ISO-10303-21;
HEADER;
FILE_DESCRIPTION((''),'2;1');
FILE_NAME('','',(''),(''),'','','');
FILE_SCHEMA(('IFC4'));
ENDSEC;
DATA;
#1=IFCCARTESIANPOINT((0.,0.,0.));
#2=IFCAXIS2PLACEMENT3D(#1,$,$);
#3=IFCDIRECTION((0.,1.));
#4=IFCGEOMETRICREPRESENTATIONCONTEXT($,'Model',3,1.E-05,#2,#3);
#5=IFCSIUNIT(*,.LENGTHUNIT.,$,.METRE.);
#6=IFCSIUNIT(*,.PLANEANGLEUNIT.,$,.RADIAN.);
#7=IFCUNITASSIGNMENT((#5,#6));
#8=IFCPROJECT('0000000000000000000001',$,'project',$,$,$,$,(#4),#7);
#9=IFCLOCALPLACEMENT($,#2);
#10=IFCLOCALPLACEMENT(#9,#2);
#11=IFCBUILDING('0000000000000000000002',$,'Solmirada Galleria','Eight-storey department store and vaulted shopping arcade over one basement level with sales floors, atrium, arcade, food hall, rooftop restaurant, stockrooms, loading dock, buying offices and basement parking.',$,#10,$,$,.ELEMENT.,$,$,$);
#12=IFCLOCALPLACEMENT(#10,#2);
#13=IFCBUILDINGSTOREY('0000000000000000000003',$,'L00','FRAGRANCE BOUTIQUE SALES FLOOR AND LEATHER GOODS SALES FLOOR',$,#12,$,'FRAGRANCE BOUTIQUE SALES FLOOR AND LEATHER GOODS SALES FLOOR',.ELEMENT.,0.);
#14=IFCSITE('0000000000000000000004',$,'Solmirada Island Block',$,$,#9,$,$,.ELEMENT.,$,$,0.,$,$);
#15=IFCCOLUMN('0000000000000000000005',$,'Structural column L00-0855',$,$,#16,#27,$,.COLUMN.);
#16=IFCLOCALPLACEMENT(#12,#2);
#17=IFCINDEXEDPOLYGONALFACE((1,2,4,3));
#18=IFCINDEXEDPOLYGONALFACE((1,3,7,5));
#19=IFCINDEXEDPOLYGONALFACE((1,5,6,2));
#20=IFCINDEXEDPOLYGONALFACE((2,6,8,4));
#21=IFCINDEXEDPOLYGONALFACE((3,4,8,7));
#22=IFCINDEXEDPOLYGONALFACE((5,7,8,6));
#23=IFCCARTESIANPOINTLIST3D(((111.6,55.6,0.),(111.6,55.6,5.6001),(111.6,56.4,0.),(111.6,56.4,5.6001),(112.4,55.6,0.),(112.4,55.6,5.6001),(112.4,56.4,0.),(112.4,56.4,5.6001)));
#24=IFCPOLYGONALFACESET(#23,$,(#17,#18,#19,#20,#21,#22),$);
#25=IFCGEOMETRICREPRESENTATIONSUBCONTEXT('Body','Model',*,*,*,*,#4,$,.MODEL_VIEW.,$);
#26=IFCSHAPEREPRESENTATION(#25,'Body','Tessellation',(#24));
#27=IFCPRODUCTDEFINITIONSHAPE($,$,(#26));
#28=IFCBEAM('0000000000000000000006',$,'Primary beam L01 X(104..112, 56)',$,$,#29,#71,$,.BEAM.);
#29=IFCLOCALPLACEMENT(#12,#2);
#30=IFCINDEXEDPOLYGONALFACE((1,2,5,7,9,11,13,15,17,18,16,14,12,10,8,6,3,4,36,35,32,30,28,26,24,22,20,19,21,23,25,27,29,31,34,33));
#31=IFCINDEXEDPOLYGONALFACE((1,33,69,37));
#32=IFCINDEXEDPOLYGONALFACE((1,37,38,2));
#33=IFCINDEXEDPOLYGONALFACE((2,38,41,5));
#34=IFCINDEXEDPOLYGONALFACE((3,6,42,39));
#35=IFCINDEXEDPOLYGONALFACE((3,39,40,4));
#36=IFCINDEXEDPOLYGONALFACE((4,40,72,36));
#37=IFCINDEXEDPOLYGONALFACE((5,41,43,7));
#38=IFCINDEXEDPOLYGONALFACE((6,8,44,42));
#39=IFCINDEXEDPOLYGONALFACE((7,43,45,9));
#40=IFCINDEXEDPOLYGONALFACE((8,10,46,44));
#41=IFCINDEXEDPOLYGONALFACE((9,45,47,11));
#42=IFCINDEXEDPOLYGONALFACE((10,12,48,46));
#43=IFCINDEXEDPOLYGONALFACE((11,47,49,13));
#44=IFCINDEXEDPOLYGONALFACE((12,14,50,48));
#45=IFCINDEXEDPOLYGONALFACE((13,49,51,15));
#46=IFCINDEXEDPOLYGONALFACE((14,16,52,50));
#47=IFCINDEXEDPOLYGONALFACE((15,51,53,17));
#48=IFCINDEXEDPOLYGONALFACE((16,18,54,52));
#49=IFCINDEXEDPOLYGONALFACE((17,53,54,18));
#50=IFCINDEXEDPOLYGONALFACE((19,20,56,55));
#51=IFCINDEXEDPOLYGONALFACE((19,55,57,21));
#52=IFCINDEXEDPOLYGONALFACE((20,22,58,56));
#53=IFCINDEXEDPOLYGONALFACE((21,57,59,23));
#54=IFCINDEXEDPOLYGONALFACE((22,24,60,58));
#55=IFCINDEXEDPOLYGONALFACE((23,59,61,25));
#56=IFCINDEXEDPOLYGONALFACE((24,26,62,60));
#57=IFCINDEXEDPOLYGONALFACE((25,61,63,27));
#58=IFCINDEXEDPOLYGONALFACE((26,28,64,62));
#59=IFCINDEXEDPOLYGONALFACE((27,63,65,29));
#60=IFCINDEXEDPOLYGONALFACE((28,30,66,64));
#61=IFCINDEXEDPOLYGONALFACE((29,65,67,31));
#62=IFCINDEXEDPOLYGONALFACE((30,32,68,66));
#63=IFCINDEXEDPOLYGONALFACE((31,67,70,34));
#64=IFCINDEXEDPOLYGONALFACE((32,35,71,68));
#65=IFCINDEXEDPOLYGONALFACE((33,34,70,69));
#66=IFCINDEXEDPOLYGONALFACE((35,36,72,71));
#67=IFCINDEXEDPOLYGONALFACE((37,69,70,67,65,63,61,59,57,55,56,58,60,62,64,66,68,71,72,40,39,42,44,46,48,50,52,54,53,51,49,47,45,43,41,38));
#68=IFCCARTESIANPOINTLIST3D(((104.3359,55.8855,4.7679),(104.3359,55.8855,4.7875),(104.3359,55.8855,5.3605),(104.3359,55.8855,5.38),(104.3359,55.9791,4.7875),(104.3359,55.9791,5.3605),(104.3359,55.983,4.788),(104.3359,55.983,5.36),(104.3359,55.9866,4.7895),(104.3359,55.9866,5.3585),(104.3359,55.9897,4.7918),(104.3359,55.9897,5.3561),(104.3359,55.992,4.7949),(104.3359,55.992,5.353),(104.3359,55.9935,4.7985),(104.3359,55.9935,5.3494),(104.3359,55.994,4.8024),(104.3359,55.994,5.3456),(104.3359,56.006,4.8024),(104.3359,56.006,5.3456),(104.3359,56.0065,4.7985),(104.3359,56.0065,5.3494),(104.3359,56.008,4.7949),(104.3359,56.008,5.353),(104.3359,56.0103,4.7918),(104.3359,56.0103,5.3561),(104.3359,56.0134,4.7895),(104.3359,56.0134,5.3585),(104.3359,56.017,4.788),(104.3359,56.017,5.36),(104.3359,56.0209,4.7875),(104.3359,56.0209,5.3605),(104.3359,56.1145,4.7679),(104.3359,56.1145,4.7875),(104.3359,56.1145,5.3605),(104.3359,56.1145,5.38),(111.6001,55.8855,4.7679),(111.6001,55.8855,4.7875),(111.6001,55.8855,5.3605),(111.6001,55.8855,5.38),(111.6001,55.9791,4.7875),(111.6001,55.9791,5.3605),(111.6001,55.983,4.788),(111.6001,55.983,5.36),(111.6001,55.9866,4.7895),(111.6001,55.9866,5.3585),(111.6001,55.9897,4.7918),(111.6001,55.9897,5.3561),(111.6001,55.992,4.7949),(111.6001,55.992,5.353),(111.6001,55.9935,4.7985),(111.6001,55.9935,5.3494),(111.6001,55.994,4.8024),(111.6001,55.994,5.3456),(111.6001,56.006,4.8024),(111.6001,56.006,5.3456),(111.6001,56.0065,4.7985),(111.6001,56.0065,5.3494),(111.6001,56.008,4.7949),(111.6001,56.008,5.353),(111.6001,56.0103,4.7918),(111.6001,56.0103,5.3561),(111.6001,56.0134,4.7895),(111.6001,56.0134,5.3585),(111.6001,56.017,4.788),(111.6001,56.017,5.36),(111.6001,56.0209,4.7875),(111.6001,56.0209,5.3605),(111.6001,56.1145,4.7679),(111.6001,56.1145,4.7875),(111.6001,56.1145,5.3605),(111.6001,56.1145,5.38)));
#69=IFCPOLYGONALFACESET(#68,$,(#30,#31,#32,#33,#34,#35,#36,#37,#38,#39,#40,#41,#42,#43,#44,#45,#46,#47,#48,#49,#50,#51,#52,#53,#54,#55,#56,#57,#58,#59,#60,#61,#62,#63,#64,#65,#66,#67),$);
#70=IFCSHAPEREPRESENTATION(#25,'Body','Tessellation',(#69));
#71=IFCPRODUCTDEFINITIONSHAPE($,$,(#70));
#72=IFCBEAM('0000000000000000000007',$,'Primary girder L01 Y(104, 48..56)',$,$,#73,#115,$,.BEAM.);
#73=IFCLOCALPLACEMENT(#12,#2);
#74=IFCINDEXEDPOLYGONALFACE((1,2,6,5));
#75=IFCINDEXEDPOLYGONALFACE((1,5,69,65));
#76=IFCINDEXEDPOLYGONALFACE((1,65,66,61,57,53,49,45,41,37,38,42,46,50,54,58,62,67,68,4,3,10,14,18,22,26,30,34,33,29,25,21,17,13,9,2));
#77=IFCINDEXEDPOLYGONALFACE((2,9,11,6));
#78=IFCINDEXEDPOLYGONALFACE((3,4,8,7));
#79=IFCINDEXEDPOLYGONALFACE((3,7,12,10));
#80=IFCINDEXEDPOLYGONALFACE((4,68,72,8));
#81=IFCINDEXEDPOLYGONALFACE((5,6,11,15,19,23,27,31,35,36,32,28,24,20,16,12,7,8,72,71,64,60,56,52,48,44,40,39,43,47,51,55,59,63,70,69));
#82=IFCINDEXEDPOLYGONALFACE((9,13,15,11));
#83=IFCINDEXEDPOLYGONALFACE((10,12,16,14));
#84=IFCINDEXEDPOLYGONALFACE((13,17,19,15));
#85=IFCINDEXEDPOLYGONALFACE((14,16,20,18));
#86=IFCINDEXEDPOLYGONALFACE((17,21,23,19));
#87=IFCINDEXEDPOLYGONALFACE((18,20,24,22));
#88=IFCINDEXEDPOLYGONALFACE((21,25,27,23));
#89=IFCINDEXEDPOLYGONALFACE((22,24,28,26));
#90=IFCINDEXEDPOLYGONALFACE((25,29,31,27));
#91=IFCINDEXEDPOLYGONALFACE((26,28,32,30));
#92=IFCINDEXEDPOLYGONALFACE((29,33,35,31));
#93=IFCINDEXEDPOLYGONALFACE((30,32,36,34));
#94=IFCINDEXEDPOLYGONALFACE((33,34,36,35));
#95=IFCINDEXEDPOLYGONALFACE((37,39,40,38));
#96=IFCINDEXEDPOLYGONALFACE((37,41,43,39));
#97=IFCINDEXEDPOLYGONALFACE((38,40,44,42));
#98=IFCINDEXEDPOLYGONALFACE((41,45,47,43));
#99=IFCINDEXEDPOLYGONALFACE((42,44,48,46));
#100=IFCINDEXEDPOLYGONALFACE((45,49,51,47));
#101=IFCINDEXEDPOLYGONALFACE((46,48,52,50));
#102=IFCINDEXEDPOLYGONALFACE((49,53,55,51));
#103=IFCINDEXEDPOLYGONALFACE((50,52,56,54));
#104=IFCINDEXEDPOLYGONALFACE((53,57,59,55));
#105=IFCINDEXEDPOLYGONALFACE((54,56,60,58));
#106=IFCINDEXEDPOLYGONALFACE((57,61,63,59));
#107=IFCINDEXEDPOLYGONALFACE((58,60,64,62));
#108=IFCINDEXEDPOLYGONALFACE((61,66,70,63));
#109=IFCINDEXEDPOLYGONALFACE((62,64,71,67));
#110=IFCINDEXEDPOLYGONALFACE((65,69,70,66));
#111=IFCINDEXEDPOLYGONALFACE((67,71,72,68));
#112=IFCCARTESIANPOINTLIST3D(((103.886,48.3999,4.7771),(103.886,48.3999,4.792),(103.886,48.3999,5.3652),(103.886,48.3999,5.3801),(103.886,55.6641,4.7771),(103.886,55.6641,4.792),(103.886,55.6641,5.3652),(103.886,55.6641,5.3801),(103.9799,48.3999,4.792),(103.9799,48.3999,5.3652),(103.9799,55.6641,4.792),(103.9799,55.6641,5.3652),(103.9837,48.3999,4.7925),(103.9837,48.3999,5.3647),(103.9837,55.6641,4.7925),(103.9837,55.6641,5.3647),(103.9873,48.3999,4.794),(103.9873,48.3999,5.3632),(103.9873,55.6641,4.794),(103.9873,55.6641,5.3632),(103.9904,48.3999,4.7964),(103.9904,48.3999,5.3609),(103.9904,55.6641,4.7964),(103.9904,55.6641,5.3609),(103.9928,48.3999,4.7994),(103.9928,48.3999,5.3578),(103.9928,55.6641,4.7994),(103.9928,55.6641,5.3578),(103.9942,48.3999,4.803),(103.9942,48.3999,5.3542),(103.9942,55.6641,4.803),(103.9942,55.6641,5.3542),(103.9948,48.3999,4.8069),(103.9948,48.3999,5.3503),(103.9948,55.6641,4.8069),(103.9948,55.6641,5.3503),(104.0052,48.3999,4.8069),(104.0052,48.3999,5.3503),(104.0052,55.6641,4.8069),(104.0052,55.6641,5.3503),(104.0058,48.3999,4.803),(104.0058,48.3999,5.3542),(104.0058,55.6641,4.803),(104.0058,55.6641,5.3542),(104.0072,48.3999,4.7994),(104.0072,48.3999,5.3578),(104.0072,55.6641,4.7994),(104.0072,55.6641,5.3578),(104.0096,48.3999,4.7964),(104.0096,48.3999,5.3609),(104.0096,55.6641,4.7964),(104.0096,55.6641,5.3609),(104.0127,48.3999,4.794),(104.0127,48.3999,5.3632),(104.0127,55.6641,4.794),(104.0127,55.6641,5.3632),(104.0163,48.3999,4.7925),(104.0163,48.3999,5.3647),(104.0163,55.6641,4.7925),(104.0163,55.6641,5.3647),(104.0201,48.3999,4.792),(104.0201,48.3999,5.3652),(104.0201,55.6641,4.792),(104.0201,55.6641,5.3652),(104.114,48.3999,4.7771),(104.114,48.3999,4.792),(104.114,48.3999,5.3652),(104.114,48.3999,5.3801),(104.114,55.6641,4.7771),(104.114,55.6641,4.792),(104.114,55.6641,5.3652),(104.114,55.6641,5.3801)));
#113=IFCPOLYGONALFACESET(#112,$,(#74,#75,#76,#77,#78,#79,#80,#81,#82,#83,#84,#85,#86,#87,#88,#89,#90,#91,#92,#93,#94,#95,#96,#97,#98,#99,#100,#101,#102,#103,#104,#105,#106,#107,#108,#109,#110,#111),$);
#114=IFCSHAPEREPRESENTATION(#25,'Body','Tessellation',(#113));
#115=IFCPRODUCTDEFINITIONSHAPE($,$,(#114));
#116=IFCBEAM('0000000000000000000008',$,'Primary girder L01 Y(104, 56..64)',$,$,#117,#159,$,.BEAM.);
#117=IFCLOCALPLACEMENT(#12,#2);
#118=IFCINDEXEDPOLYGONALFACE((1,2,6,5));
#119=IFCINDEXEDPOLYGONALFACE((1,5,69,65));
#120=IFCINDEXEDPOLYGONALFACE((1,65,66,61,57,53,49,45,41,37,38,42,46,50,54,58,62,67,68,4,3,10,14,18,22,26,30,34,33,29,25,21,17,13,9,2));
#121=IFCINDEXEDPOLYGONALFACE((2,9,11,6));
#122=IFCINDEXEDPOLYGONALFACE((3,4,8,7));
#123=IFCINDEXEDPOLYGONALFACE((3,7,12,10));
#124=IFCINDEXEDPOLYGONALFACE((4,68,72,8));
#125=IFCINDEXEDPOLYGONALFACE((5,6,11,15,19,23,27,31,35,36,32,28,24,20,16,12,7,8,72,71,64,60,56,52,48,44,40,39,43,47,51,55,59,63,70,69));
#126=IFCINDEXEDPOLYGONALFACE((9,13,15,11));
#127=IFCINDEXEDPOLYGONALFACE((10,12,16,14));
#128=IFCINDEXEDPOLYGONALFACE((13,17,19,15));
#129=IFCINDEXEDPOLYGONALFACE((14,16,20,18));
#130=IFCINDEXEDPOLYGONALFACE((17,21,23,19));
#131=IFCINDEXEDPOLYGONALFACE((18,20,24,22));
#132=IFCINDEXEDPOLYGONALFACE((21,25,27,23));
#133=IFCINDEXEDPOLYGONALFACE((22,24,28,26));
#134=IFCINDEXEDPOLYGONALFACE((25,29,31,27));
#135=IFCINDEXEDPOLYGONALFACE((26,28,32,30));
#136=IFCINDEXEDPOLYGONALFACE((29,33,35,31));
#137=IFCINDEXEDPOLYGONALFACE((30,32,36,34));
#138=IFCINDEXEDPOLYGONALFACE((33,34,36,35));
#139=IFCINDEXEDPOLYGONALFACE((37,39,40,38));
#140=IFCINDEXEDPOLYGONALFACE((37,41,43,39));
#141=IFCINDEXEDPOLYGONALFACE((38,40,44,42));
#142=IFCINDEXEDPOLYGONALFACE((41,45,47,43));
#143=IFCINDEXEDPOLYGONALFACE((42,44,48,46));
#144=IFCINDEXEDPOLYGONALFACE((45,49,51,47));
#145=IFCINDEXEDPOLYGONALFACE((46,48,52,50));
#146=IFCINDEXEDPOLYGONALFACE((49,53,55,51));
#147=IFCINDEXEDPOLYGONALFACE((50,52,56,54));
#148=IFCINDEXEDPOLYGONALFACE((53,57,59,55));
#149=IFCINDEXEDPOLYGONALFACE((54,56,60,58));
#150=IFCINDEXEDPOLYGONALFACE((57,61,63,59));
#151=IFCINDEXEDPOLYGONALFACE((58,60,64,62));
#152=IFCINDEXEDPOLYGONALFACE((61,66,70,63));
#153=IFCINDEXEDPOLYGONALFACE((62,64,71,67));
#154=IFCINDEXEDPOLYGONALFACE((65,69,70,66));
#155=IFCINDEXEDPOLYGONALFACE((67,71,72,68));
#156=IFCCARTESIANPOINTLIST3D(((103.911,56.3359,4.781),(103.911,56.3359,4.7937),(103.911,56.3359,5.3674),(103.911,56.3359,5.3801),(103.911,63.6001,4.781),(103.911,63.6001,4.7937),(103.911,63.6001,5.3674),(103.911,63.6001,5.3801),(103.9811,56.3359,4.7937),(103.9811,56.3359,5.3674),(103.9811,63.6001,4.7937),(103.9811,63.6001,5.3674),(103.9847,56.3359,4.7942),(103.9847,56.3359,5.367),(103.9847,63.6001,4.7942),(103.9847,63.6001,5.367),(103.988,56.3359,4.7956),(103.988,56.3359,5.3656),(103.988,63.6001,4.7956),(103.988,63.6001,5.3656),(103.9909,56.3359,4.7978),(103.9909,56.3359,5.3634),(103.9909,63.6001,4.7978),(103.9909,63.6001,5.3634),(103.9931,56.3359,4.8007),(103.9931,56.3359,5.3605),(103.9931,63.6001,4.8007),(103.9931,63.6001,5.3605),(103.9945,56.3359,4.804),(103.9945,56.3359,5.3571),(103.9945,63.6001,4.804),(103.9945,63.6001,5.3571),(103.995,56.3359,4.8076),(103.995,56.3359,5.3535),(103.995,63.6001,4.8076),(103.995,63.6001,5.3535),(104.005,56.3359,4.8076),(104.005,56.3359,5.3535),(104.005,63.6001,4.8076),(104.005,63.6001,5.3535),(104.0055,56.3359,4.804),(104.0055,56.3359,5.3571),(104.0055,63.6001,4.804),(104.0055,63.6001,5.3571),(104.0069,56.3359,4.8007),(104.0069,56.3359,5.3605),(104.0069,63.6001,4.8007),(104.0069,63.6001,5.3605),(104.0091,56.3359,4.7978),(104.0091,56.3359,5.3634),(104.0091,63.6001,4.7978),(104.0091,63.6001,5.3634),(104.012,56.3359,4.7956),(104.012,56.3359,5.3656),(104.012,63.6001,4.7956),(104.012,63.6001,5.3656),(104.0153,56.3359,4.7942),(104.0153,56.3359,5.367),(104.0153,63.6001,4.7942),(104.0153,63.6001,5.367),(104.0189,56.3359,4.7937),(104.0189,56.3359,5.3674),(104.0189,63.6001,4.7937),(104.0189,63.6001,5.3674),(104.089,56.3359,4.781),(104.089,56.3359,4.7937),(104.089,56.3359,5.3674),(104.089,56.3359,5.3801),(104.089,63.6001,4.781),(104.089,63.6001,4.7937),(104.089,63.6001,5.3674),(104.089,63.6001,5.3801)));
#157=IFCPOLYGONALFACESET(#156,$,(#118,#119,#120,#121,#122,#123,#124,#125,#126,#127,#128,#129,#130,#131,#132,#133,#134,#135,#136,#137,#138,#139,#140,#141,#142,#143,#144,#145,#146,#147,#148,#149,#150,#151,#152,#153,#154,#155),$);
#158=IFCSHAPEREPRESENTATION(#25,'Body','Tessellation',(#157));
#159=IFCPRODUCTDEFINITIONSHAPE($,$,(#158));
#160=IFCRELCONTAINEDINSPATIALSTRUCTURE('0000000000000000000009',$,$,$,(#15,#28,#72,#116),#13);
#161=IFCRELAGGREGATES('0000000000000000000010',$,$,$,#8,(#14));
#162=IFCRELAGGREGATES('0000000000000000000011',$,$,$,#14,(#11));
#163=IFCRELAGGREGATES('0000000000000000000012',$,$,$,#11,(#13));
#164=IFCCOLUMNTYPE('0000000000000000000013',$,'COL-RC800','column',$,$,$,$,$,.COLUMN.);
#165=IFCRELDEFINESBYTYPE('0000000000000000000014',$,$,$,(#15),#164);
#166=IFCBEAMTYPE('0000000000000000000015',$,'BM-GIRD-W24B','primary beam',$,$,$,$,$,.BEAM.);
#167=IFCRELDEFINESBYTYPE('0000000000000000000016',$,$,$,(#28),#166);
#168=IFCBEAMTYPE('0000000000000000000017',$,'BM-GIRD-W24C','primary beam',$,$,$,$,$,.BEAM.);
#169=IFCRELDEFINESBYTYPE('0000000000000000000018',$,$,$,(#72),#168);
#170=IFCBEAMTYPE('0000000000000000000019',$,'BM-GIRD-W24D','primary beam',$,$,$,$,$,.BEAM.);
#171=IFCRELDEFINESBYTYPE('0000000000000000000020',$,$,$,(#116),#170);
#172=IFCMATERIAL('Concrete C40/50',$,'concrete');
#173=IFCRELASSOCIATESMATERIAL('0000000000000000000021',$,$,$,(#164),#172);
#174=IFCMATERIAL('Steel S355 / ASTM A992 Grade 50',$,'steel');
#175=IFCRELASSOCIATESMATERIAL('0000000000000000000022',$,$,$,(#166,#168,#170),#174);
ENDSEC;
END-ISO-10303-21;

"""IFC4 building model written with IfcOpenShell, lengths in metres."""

from ifc_helpers import new_model, si_unit, direction, frame, origin, origin_2d, place, context, subcontext, project, spatial, rectangle, i_section, extrude, material, material_profile, profile_set, type_object, element, save


model = new_model("IFC4")

# Units and contexts
model_context = context("Model", 3, precision=1e-05, world=origin(), true_north=direction((0.0, 1.0)))
body_context = subcontext(model_context, "Body", "Model", "MODEL_VIEW")
ifc_project = project(units=[si_unit("LENGTHUNIT", "METRE"), si_unit("PLANEANGLEUNIT", "RADIAN")], contexts=[model_context])

# Site, building, storey
site_placement = place(None, origin())
site = spatial("IfcSite", under=ifc_project, at=site_placement, Name="Solmirada Island Block", CompositionType="ELEMENT", RefElevation=0.0)
building_placement = place(site_placement, origin())
building = spatial("IfcBuilding", under=site, at=building_placement, Name="Solmirada Galleria", Description="Eight-storey department store and vaulted shopping arcade over one basement level with sales floors, atrium, arcade, food hall, rooftop restaurant, stockrooms, loading dock, buying offices and basement parking.", CompositionType="ELEMENT")
storey_placement = place(building_placement, origin())
storey = spatial("IfcBuildingStorey", under=building, at=storey_placement, Name="L00", Description="FRAGRANCE BOUTIQUE SALES FLOOR AND LEATHER GOODS SALES FLOOR", LongName="FRAGRANCE BOUTIQUE SALES FLOOR AND LEATHER GOODS SALES FLOOR", CompositionType="ELEMENT", Elevation=0.0)

# Column
ifc_material_1 = material(Name="Concrete C40/50", Category="concrete")
ifc_material_profile_1 = material_profile(ifc_material_1, rectangle(XDim=0.8, YDim=0.8, at=origin_2d()), Name="RC800X800")
ifc_profile_set_1 = profile_set([ifc_material_profile_1], Name="Concrete C40/50")
column_type = type_object("IfcColumnType", Name="COL-RC800", Description="column", PredefinedType="COLUMN", material=ifc_profile_set_1)
column_placement = place(storey_placement, frame((112.0, 56.0, 0.0), z_axis=(0.0, 0.0, 1.0), x_axis=(1.0, 0.0, 0.0)))
element("IfcColumn", 1, at=column_placement, inside=storey, type_object=column_type, Name="Structural column L00-0855", PredefinedType="COLUMN", context=body_context, shape_type="SweptSolid", body=[
    extrude(rectangle(XDim=0.8, YDim=0.8, at=origin_2d()), origin(), (0.0, 0.0, 1.0), 5.6001),
])

# Beams
ifc_material_2 = material(Name="Steel S355 / ASTM A992 Grade 50", Category="steel")
ifc_material_profile_2 = material_profile(ifc_material_2, i_section(OverallWidth=0.229, OverallDepth=0.6121, WebThickness=0.012, FlangeThickness=0.0195, FilletRadius=0.0149, at=origin_2d()), Name="W24X84")
ifc_profile_set_2 = profile_set([ifc_material_profile_2], Name="Steel S355 / ASTM A992 Grade 50")
beam_type_1 = type_object("IfcBeamType", Name="BM-GIRD-W24B", Description="primary beam", PredefinedType="BEAM", material=ifc_profile_set_2)
beam_1_placement = place(storey_placement, frame((104.3359, 56.0, 5.074), z_axis=(1.0, 0.0, 0.0), x_axis=(0.0, 1.0, 0.0)))
element("IfcBeam", 2, at=beam_1_placement, inside=storey, type_object=beam_type_1, Name="Primary beam L01 X(104..112, 56)", PredefinedType="BEAM", context=body_context, shape_type="SweptSolid", body=[
    extrude(i_section(OverallWidth=0.229, OverallDepth=0.6121, WebThickness=0.012, FlangeThickness=0.0195, FilletRadius=0.0149, at=origin_2d()), origin(), (0.0, 0.0, 1.0), 7.2642),
])
ifc_material_profile_3 = material_profile(ifc_material_2, i_section(OverallWidth=0.228, OverallDepth=0.603, WebThickness=0.0105, FlangeThickness=0.0149, FilletRadius=0.0149, at=origin_2d()), Name="W24X68")
ifc_profile_set_3 = profile_set([ifc_material_profile_3], Name="Steel S355 / ASTM A992 Grade 50")
beam_type_2 = type_object("IfcBeamType", Name="BM-GIRD-W24C", Description="primary beam", PredefinedType="BEAM", material=ifc_profile_set_3)
beam_2_placement = place(storey_placement, frame((104.0, 48.3999, 5.0786), z_axis=(0.0, 1.0, 0.0), x_axis=(-1.0, 0.0, 0.0)))
element("IfcBeam", 3, at=beam_2_placement, inside=storey, type_object=beam_type_2, Name="Primary girder L01 Y(104, 48..56)", PredefinedType="BEAM", context=body_context, shape_type="SweptSolid", body=[
    extrude(i_section(OverallWidth=0.228, OverallDepth=0.603, WebThickness=0.0105, FlangeThickness=0.0149, FilletRadius=0.0149, at=origin_2d()), origin(), (0.0, 0.0, 1.0), 7.2642),
])
ifc_material_profile_4 = material_profile(ifc_material_2, i_section(OverallWidth=0.178, OverallDepth=0.5991, WebThickness=0.01, FlangeThickness=0.0127, FilletRadius=0.0139, at=origin_2d()), Name="W24X55")
ifc_profile_set_4 = profile_set([ifc_material_profile_4], Name="Steel S355 / ASTM A992 Grade 50")
beam_type_3 = type_object("IfcBeamType", Name="BM-GIRD-W24D", Description="primary beam", PredefinedType="BEAM", material=ifc_profile_set_4)
beam_3_placement = place(storey_placement, frame((104.0, 56.3359, 5.0806), z_axis=(0.0, 1.0, 0.0), x_axis=(-1.0, 0.0, 0.0)))
element("IfcBeam", 4, at=beam_3_placement, inside=storey, type_object=beam_type_3, Name="Primary girder L01 Y(104, 56..64)", PredefinedType="BEAM", context=body_context, shape_type="SweptSolid", body=[
    extrude(i_section(OverallWidth=0.178, OverallDepth=0.5991, WebThickness=0.01, FlangeThickness=0.0127, FilletRadius=0.0139, at=origin_2d()), origin(), (0.0, 0.0, 1.0), 7.2642),
])

save(model, "model.ifc")
